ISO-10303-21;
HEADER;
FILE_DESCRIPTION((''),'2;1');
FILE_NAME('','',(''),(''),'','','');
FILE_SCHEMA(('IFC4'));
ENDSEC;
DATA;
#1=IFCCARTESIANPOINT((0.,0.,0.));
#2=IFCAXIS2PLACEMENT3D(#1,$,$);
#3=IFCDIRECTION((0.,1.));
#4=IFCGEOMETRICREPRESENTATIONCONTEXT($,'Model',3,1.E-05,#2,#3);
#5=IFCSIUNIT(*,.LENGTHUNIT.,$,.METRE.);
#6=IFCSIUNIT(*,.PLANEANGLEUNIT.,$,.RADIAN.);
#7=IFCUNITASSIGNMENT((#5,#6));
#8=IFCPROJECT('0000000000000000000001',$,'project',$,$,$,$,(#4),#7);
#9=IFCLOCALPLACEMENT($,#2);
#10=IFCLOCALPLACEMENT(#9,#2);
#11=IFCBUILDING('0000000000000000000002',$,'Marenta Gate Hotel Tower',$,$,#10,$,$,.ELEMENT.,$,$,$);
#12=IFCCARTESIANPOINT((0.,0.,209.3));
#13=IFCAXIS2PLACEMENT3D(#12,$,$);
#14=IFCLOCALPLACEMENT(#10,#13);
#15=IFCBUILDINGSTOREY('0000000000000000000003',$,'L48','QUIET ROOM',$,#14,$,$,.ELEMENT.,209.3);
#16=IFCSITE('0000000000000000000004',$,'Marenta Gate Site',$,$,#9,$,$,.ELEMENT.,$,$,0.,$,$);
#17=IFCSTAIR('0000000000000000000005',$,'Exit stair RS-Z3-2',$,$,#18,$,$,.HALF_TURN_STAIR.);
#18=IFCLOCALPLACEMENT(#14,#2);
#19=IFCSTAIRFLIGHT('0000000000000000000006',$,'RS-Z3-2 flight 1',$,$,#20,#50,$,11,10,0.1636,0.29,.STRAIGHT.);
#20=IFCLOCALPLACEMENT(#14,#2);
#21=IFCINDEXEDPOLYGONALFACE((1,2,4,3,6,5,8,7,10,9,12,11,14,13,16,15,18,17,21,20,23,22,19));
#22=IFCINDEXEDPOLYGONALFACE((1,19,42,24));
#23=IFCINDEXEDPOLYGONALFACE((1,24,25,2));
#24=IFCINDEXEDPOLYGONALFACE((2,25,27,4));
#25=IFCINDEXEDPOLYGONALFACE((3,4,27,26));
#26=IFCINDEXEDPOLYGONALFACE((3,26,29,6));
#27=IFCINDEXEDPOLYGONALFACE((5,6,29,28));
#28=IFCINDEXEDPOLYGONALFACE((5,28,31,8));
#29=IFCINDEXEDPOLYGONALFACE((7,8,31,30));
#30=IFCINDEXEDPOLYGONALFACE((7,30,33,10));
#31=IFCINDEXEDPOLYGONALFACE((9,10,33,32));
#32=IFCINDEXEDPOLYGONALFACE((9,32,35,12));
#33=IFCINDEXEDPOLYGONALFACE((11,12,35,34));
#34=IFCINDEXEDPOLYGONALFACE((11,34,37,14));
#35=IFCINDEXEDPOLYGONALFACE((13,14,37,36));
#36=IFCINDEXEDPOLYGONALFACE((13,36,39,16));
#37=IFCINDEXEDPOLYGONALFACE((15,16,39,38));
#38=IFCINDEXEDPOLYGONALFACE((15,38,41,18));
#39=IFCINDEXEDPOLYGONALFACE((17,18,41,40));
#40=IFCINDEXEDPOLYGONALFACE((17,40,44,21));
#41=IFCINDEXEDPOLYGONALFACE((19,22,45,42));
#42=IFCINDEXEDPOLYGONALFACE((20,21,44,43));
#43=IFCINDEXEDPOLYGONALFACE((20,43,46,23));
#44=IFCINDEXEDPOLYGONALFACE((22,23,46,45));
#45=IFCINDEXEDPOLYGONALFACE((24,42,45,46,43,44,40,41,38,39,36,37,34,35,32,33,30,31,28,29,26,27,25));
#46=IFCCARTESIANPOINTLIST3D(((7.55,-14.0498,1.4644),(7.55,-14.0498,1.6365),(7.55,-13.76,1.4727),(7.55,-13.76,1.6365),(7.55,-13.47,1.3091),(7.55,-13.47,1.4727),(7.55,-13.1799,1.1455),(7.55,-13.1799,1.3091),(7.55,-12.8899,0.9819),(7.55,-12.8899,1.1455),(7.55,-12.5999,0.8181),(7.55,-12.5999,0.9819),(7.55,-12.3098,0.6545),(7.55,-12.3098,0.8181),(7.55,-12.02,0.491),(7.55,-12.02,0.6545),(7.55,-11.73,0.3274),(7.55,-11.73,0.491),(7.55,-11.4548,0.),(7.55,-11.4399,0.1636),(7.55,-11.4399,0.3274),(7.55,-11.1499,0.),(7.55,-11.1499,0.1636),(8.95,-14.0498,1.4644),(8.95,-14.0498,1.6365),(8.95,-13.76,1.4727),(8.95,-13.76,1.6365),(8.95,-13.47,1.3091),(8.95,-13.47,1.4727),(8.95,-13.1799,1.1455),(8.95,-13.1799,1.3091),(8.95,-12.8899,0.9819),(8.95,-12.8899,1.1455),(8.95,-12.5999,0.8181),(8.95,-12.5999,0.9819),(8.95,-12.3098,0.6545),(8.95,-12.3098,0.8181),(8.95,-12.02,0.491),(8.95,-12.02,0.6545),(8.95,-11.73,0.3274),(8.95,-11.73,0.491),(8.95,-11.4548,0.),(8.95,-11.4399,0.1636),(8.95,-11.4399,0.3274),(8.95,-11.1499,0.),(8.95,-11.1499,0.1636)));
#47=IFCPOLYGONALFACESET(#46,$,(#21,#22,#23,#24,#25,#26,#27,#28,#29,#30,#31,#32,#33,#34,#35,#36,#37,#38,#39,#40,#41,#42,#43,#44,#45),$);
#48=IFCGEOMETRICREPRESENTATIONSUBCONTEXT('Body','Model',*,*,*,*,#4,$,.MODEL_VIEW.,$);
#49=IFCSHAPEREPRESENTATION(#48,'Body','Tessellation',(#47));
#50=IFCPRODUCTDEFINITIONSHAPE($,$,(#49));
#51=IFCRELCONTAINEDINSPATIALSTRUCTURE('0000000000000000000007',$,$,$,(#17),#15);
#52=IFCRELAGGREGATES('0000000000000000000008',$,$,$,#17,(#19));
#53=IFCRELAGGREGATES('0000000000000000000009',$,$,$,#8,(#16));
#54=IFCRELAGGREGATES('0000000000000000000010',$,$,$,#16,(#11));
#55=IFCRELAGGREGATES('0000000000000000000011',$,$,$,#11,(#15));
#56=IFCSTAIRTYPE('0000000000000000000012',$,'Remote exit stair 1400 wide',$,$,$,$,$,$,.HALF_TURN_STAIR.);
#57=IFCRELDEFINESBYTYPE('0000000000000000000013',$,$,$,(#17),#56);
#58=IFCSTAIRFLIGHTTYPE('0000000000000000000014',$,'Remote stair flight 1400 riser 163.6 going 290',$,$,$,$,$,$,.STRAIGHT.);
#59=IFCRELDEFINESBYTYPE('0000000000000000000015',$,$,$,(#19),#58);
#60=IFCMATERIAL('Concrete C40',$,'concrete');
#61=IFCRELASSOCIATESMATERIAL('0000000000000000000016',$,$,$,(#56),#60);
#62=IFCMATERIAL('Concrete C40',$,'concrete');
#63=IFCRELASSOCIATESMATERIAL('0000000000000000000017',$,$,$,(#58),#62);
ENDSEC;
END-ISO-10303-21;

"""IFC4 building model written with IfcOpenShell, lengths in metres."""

from ifc_helpers import new_model, si_unit, direction, frame, origin, place, context, subcontext, project, spatial, polyline, outline, extrude, material, type_object, element, aggregate, save


model = new_model("IFC4")

# Units and contexts
model_context = context("Model", 3, precision=1e-05, world=origin(), true_north=direction((0.0, 1.0)))
body_context = subcontext(model_context, "Body", "Model", "MODEL_VIEW")
ifc_project = project(units=[si_unit("LENGTHUNIT", "METRE"), si_unit("PLANEANGLEUNIT", "RADIAN")], contexts=[model_context])

# Site, building, storey
site_placement = place(None, origin())
site = spatial("IfcSite", under=ifc_project, at=site_placement, Name="Marenta Gate Site", CompositionType="ELEMENT", RefElevation=0.0)
building_placement = place(site_placement, origin())
building = spatial("IfcBuilding", under=site, at=building_placement, Name="Marenta Gate Hotel Tower", CompositionType="ELEMENT")
storey_placement = place(building_placement, frame((0.0, 0.0, 209.3)))
storey = spatial("IfcBuildingStorey", under=building, at=storey_placement, Name="L48", Description="QUIET ROOM", CompositionType="ELEMENT", Elevation=209.3)

# Stair, stair flight
ifc_material_1 = material(Name="Concrete C40", Category="concrete")
stair_type = type_object("IfcStairType", Name="Remote exit stair 1400 wide", PredefinedType="HALF_TURN_STAIR", material=ifc_material_1)
stair_placement = place(storey_placement, origin())
stair = element("IfcStair", 1, at=stair_placement, inside=storey, type_object=stair_type, Name="Exit stair RS-Z3-2", PredefinedType="HALF_TURN_STAIR")
ifc_material_2 = material(Name="Concrete C40", Category="concrete")
stair_flight_type = type_object("IfcStairFlightType", Name="Remote stair flight 1400 riser 163.6 going 290", PredefinedType="STRAIGHT", material=ifc_material_2)
stair_flight_placement = place(storey_placement, frame((8.25, -11.1499, 0.0), z_axis=(0.0, 0.0, 1.0), x_axis=(0.0, -1.0, 0.0)))
stair_flight = element("IfcStairFlight", 2, at=stair_flight_placement, type_object=stair_flight_type, Name="RS-Z3-2 flight 1", NumberOfRisers=11, NumberOfTreads=10, PredefinedType="STRAIGHT", RiserHeight=0.1636, TreadLength=0.29, context=body_context, shape_type="SweptSolid", body=[
    extrude(outline(polyline([(0.0, 0.0), (0.0, 0.1636), (0.29, 0.1636), (0.29, 0.3274), (0.5801, 0.3274), (0.5801, 0.491), (0.8701, 0.491), (0.8701, 0.6545), (1.1599, 0.6545), (1.1599, 0.8181), (1.45, 0.8181), (1.45, 0.9819), (1.74, 0.9819), (1.74, 1.1455), (2.03, 1.1455), (2.03, 1.3091), (2.3201, 1.3091), (2.3201, 1.4727), (2.6101, 1.4727), (2.6101, 1.6365), (2.8999, 1.6365), (2.8999, 1.8), (2.8999, 1.4644), (0.3049, 0.0), (0.0, 0.0)])), frame((0.0, 0.7, 0.0), z_axis=(0.0, -1.0, 0.0), x_axis=(1.0, 0.0, 0.0)), (0.0, 0.0, 1.0), 1.3999),
])
aggregate(stair, [stair_flight])

save(model, "model.ifc")
